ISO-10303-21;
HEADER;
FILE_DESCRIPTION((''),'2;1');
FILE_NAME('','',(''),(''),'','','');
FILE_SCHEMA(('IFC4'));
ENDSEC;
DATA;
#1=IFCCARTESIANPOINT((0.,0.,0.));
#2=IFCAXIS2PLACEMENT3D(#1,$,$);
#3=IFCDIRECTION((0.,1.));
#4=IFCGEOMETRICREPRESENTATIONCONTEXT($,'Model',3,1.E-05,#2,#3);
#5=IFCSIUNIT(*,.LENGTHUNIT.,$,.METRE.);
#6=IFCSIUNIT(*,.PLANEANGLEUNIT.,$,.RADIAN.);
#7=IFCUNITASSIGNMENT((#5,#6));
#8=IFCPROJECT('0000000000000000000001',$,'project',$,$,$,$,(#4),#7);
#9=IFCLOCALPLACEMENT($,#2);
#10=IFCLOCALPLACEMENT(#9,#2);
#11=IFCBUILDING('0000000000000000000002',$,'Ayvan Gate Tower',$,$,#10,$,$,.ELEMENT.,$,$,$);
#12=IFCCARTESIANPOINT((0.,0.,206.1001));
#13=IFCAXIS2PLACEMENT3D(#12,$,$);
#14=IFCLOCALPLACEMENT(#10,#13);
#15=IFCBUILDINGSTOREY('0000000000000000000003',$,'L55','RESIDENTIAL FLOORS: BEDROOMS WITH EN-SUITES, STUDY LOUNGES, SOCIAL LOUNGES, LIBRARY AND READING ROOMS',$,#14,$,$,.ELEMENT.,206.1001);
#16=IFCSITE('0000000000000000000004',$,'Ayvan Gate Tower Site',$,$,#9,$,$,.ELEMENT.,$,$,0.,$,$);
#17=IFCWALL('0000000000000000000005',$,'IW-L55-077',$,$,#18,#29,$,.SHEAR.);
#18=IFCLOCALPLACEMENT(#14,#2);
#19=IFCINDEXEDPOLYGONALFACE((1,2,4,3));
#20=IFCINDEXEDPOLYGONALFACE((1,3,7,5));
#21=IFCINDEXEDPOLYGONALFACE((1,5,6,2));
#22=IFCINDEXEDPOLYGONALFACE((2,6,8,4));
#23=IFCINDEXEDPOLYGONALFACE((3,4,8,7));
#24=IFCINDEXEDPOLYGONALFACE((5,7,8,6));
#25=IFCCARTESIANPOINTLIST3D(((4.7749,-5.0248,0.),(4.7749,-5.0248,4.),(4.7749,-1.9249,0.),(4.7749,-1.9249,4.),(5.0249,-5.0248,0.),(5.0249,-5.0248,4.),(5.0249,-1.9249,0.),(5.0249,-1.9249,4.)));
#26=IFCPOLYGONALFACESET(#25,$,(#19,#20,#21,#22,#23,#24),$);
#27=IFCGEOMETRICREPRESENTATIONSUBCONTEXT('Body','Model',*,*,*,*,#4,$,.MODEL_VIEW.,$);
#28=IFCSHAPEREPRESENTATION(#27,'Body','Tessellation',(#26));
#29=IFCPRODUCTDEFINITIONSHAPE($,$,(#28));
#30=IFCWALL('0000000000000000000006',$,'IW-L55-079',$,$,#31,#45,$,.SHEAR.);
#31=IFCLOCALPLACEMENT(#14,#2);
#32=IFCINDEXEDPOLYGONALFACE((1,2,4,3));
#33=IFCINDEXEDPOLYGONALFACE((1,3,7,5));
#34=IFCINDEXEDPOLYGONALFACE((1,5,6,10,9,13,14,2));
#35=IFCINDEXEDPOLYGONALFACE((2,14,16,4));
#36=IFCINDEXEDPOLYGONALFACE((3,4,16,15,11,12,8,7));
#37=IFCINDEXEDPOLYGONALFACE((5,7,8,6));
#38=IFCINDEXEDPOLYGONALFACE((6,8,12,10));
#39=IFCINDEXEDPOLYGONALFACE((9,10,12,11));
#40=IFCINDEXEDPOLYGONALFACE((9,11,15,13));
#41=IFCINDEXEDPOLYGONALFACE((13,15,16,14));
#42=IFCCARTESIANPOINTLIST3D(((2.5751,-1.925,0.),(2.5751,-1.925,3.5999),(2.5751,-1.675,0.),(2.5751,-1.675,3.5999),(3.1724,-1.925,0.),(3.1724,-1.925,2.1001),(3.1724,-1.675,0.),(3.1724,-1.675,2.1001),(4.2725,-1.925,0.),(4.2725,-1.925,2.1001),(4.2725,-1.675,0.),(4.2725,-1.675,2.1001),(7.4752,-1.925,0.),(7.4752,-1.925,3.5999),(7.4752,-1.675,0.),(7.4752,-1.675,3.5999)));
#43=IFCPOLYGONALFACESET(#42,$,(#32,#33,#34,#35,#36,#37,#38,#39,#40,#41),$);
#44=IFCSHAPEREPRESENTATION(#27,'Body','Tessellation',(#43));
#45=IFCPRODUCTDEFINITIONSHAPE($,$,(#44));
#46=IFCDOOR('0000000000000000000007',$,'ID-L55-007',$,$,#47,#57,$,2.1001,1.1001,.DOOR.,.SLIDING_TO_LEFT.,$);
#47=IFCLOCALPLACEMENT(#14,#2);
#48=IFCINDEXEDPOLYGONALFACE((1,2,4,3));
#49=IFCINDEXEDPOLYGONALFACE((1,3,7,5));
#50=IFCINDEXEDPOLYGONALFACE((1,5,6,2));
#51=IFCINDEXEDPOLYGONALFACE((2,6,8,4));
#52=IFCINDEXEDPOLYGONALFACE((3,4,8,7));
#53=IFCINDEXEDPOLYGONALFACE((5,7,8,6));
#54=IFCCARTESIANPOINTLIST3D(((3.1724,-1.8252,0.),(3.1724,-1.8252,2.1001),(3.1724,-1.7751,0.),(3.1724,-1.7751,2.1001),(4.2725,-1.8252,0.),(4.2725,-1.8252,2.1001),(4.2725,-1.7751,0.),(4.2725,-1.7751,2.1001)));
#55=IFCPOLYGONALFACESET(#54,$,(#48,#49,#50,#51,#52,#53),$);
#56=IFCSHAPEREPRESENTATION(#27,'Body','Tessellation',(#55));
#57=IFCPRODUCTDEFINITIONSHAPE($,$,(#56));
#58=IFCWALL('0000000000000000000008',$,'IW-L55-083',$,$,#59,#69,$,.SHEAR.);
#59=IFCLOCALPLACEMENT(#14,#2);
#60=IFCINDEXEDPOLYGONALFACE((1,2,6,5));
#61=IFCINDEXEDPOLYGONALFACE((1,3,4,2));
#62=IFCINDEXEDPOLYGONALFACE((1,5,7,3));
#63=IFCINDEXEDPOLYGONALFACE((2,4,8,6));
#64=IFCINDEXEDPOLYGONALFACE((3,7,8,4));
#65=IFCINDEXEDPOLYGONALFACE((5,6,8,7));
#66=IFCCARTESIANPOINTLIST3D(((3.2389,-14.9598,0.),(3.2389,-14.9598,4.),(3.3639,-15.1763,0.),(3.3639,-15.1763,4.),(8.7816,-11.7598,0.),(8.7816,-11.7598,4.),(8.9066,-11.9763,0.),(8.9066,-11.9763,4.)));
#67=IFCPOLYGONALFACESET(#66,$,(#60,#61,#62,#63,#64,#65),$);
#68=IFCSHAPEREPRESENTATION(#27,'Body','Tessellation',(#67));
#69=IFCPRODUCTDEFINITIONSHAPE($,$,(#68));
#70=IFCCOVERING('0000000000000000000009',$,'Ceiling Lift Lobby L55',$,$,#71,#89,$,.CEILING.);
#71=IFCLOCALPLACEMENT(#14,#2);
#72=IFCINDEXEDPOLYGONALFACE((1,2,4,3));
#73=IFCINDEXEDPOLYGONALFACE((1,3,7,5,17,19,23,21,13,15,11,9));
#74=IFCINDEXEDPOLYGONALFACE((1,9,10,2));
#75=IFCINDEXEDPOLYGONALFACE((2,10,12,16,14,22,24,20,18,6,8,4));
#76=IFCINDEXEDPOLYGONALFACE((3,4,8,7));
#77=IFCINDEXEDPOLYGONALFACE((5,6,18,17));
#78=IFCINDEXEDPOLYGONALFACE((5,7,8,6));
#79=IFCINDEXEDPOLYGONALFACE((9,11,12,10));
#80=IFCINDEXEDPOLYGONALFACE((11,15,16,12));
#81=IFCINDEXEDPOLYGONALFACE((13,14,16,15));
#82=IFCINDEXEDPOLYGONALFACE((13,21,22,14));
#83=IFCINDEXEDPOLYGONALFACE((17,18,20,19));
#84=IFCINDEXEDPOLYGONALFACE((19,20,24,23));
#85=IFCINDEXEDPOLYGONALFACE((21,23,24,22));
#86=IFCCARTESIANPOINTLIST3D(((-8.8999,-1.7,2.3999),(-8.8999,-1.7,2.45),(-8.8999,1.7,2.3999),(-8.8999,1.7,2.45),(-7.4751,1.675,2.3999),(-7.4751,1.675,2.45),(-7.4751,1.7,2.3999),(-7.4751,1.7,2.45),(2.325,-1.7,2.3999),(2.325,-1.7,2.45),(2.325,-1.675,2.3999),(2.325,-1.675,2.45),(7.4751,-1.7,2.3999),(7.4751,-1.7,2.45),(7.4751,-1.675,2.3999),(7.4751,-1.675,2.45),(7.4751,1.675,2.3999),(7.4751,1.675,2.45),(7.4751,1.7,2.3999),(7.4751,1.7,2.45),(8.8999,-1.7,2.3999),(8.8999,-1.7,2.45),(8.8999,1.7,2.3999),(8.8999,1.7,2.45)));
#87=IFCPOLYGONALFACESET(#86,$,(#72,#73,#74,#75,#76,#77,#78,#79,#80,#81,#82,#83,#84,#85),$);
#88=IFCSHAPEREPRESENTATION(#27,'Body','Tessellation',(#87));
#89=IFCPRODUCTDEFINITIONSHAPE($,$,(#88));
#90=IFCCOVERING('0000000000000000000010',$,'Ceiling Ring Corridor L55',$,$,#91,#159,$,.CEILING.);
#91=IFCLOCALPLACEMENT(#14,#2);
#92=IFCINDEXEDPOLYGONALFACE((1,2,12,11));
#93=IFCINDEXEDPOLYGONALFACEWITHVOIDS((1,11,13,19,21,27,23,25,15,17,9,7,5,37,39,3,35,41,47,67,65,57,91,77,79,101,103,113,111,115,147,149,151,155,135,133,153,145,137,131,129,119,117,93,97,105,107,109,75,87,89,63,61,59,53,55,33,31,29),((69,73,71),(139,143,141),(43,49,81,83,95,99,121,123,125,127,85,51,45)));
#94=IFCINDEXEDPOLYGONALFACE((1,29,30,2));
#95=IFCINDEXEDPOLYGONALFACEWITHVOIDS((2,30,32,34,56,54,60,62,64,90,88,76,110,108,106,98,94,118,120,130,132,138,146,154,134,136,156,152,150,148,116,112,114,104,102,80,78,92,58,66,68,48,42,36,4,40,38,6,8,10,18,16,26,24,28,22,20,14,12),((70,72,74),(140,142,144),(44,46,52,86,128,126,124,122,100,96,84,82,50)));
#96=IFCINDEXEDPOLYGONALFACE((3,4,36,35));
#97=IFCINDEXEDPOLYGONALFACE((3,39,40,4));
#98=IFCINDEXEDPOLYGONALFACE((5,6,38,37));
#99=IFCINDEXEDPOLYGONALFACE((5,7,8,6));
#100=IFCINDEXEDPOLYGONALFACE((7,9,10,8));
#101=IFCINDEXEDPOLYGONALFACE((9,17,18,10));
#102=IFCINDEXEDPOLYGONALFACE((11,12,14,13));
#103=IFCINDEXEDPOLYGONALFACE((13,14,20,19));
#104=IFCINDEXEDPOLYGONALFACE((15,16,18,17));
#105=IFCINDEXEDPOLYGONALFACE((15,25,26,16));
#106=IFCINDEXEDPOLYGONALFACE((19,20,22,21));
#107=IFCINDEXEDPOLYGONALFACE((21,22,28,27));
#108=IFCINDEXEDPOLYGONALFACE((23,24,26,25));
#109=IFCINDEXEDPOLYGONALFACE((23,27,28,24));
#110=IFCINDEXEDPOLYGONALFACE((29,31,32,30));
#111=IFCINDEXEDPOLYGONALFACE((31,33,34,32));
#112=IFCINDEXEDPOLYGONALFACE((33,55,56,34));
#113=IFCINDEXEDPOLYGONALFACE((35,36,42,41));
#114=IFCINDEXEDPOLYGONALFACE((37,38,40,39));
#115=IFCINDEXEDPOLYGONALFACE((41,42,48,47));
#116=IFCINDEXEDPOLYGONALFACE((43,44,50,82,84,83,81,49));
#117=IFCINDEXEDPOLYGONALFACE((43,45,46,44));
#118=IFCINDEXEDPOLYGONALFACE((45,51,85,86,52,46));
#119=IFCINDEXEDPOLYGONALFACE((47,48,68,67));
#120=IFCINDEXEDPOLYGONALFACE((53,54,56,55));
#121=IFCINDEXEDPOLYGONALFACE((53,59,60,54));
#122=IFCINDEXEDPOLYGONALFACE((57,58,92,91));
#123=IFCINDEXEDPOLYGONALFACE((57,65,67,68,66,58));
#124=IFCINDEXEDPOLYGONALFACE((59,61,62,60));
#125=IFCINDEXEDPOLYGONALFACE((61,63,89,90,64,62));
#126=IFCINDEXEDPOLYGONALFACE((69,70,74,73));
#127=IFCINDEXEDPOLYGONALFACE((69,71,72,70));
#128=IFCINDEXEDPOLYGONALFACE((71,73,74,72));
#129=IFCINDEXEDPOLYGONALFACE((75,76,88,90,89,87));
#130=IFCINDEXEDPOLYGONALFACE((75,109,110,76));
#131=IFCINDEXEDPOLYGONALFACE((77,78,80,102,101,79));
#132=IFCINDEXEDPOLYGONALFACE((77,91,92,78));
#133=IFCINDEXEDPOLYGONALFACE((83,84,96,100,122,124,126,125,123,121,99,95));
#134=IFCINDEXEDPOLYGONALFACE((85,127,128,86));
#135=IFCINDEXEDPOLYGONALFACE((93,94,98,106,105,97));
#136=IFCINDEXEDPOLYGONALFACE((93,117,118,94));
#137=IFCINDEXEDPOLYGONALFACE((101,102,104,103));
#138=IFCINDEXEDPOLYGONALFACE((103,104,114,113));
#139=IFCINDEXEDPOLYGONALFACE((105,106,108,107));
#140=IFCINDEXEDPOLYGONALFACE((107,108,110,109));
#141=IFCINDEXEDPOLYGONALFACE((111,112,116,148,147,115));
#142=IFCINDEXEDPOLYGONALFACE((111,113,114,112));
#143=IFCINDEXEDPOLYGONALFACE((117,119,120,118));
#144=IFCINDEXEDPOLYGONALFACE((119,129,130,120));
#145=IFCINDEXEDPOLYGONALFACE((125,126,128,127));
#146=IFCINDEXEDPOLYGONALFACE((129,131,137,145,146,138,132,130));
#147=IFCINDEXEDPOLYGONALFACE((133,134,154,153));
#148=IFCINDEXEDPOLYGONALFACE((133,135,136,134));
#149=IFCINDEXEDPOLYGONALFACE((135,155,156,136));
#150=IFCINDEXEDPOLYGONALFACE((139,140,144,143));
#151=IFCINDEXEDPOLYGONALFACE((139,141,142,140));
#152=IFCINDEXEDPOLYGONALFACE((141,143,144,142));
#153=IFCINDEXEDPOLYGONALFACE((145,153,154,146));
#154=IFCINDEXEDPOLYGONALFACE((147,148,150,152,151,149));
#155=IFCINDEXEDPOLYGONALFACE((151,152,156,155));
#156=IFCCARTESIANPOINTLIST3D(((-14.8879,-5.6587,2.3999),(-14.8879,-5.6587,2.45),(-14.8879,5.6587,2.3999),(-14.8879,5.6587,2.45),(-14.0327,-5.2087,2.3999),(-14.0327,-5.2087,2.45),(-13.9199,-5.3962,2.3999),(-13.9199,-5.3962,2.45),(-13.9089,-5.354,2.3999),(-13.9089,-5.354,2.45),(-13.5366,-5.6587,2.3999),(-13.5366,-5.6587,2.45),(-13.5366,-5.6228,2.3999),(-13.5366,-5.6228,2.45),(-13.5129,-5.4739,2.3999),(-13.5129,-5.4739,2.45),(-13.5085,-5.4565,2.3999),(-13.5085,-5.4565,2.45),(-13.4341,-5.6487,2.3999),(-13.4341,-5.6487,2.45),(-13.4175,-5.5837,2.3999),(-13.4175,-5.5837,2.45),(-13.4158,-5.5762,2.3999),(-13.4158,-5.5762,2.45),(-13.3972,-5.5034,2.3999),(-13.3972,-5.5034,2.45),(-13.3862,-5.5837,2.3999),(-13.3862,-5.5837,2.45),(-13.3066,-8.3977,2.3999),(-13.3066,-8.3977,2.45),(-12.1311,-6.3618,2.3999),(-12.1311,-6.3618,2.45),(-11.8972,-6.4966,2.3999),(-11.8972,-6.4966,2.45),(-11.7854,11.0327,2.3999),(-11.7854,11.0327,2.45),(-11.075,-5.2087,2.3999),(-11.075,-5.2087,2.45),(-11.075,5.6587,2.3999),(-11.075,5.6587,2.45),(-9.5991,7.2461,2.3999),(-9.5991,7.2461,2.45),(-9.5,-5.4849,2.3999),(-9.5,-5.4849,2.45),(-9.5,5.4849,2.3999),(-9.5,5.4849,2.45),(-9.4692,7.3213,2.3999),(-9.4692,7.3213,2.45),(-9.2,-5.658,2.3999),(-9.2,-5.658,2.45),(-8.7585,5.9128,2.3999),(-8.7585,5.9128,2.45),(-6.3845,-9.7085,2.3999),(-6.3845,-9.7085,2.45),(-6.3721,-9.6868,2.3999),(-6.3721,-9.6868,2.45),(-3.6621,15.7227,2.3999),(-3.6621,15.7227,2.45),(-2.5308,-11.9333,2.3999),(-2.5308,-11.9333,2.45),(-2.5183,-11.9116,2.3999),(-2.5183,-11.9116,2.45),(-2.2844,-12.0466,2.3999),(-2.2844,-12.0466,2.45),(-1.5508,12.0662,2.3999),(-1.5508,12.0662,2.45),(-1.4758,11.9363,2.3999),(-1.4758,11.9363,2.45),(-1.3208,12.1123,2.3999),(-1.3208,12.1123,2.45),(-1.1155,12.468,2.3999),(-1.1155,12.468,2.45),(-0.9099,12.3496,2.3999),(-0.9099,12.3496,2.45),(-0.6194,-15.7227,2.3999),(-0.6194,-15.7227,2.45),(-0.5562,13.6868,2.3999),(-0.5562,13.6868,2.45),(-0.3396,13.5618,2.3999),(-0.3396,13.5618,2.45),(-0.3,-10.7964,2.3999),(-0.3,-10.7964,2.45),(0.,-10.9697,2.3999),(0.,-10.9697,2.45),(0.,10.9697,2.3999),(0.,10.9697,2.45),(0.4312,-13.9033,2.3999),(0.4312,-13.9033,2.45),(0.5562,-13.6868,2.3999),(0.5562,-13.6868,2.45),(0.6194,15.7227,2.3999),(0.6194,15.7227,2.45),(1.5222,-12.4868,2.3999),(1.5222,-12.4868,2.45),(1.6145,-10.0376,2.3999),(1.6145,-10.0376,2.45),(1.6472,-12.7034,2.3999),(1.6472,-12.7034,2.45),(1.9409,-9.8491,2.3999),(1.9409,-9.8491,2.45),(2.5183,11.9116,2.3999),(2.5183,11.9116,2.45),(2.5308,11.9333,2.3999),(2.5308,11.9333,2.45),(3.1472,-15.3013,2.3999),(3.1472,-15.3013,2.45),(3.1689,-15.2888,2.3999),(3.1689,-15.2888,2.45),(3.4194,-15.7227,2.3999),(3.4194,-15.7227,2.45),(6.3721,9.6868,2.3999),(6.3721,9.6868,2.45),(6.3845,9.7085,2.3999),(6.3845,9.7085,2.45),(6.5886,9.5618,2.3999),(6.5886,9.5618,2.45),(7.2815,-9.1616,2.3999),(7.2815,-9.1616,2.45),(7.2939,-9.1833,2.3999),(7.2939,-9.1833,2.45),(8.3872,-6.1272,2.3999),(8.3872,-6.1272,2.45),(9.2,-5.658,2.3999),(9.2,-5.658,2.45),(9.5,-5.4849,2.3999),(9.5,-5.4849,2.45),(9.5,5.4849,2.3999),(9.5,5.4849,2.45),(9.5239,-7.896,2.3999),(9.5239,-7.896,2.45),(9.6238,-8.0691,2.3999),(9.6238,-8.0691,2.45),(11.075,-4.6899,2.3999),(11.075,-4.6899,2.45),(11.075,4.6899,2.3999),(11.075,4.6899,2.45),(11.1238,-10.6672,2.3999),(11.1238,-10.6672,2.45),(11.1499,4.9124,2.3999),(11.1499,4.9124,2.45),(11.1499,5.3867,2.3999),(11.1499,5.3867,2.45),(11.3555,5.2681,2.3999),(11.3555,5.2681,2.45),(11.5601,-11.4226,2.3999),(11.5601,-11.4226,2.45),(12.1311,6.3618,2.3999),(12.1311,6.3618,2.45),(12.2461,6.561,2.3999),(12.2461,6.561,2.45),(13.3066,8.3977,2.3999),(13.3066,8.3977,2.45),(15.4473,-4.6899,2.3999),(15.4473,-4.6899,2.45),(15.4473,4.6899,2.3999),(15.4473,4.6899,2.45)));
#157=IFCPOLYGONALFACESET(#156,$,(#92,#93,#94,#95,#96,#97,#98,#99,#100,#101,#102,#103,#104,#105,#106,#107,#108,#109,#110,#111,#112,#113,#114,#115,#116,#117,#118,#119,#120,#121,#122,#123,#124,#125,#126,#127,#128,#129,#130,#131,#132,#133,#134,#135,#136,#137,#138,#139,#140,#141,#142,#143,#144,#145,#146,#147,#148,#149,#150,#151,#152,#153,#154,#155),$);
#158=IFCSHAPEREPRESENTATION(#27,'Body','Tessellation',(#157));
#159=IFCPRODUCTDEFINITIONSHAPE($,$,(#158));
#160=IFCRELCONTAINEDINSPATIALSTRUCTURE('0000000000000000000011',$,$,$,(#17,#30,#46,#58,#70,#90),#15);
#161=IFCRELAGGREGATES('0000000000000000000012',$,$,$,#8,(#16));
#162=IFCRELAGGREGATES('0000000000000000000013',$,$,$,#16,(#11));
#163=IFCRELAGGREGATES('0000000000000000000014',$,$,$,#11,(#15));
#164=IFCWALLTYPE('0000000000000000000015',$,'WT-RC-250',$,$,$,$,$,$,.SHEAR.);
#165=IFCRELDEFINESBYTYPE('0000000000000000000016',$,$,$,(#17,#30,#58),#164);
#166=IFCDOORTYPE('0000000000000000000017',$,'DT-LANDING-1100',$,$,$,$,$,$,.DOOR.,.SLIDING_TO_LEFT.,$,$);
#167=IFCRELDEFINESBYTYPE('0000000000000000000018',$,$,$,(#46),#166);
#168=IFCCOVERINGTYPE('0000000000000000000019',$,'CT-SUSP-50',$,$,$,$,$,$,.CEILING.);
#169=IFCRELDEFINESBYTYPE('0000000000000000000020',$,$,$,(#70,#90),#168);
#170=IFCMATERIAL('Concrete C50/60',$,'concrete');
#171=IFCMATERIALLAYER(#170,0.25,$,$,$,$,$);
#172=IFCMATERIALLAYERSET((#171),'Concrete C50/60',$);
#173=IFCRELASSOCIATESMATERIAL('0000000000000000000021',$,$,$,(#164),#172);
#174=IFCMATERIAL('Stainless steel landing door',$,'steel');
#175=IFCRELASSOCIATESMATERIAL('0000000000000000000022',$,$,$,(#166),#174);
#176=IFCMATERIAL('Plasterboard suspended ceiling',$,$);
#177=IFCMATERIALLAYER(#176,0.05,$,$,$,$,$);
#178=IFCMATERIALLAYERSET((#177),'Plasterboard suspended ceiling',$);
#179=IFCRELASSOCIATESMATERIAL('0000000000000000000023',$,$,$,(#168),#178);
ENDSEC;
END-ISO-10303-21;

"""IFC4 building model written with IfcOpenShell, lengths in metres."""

from ifc_helpers import new_model, si_unit, direction, frame, frame_2d, origin, place, context, subcontext, project, spatial, polyline, rectangle, outline, extrude, material, layer, layer_set, type_object, element, fill, save


model = new_model("IFC4")

# Units and contexts
model_context = context("Model", 3, precision=1e-05, world=origin(), true_north=direction((0.0, 1.0)))
body_context = subcontext(model_context, "Body", "Model", "MODEL_VIEW")
ifc_project = project(units=[si_unit("LENGTHUNIT", "METRE"), si_unit("PLANEANGLEUNIT", "RADIAN")], contexts=[model_context])

# Site, building, storey
site_placement = place(None, origin())
site = spatial("IfcSite", under=ifc_project, at=site_placement, Name="Ayvan Gate Tower Site", CompositionType="ELEMENT", RefElevation=0.0)
building_placement = place(site_placement, origin())
building = spatial("IfcBuilding", under=site, at=building_placement, Name="Ayvan Gate Tower", CompositionType="ELEMENT")
storey_placement = place(building_placement, frame((0.0, 0.0, 206.1001)))
storey = spatial("IfcBuildingStorey", under=building, at=storey_placement, Name="L55", Description="RESIDENTIAL FLOORS: BEDROOMS WITH EN-SUITES, STUDY LOUNGES, SOCIAL LOUNGES, LIBRARY AND READING ROOMS", CompositionType="ELEMENT", Elevation=206.1001)

# Shared definitions
ifc_material_1 = material(Name="Concrete C50/60", Category="concrete")
ifc_layer_1 = layer(ifc_material_1, 0.25)
ifc_layer_set_1 = layer_set([ifc_layer_1], Name="Concrete C50/60")
wall_type_1 = type_object("IfcWallType", Name="WT-RC-250", PredefinedType="SHEAR", material=ifc_layer_set_1)
ifc_material_2 = material(Name="Stainless steel landing door", Category="steel")
door_type_1 = type_object("IfcDoorType", Name="DT-LANDING-1100", OperationType="SLIDING_TO_LEFT", PredefinedType="DOOR", material=ifc_material_2)

# Wall
wall_1_placement = place(storey_placement, frame((4.8999, -1.925, 0.0), z_axis=(0.0, 0.0, 1.0), x_axis=(0.0, -1.0, 0.0)))
element("IfcWall", 1, at=wall_1_placement, inside=storey, type_object=wall_type_1, Name="IW-L55-077", PredefinedType="SHEAR", context=body_context, shape_type="SweptSolid", body=[
    extrude(rectangle(XDim=3.0999, YDim=0.25, at=frame_2d((1.5498, 0.0))), origin(), (0.0, 0.0, 1.0), 4.0),
])

# Wall, opening, door
wall_2_placement = place(storey_placement, frame((2.575, -1.8, 0.0), z_axis=(0.0, 0.0, 1.0), x_axis=(1.0, 0.0, 0.0)))
wall_2 = element("IfcWall", 2, at=wall_2_placement, inside=storey, type_object=wall_type_1, Name="IW-L55-079", PredefinedType="SHEAR", context=body_context, shape_type="SweptSolid", body=[
    extrude(rectangle(XDim=4.9001, YDim=0.25, at=frame_2d((2.4502, 0.0))), origin(), (0.0, 0.0, 1.0), 3.5999),
])
opening_1_placement = place(wall_2_placement, frame((0.5974, 0.0, 0.0)))
opening_1 = element("IfcOpeningElement", 3, at=opening_1_placement, cuts=wall_2, PredefinedType="OPENING", context=body_context, shape_type="SweptSolid", body=[
    extrude(rectangle(XDim=1.1001, YDim=2.1001, at=frame_2d((0.55, 1.05))), frame((0.0, 0.135, 0.0), z_axis=(0.0, -1.0, 0.0), x_axis=(1.0, 0.0, 0.0)), (0.0, 0.0, 1.0), 0.27),
])
door_1_placement = place(opening_1_placement, origin())
door_1 = element("IfcDoor", 4, at=door_1_placement, inside=storey, type_object=door_type_1, Name="ID-L55-007", OperationType="SLIDING_TO_LEFT", OverallHeight=2.1001, OverallWidth=1.1001, PredefinedType="DOOR", context=body_context, shape_type="SweptSolid", body=[
    extrude(rectangle(XDim=1.1001, YDim=2.1001, at=frame_2d((0.55, 1.05))), frame((0.0, 0.0249, 0.0), z_axis=(0.0, -1.0, 0.0), x_axis=(1.0, 0.0, 0.0)), (0.0, 0.0, 1.0), 0.05),
])
fill(opening_1, door_1)

# Wall
wall_3_placement = place(storey_placement, frame((3.3013, -15.0681, 0.0), z_axis=(0.0, 0.0, 1.0), x_axis=(0.866035, 0.499983, 0.0)))
element("IfcWall", 5, at=wall_3_placement, inside=storey, type_object=wall_type_1, Name="IW-L55-083", PredefinedType="SHEAR", context=body_context, shape_type="SweptSolid", body=[
    extrude(rectangle(XDim=6.4001, YDim=0.25, at=frame_2d((3.2002, 0.0))), origin(), (0.0, 0.0, 1.0), 4.0),
])

# Coverings
ifc_material_3 = material(Name="Plasterboard suspended ceiling")
ifc_layer_2 = layer(ifc_material_3, 0.05)
ifc_layer_set_2 = layer_set([ifc_layer_2], Name="Plasterboard suspended ceiling")
covering_type = type_object("IfcCoveringType", Name="CT-SUSP-50", PredefinedType="CEILING", material=ifc_layer_set_2)
covering_1_placement = place(storey_placement, frame((0.0, 0.0, 2.3999)))
element("IfcCovering", 6, at=covering_1_placement, inside=storey, type_object=covering_type, Name="Ceiling Lift Lobby L55", PredefinedType="CEILING", context=body_context, shape_type="SweptSolid", body=[
    extrude(outline(polyline([(7.4751, -1.675), (2.325, -1.675), (2.325, -1.7), (-8.8999, -1.7), (-8.8999, 1.7), (-7.4751, 1.7), (-7.4751, 1.675), (7.4751, 1.675), (7.4751, 1.7), (8.8999, 1.7), (8.8999, -1.7), (7.4751, -1.7), (7.4751, -1.675)])), origin(), (0.0, 0.0, 1.0), 0.05),
])
covering_2_placement = place(storey_placement, frame((0.0, 0.0, 2.3999)))
element("IfcCovering", 7, at=covering_2_placement, inside=storey, type_object=covering_type, Name="Ceiling Ring Corridor L55", PredefinedType="CEILING", context=body_context, shape_type="SweptSolid", body=[
    extrude(outline(polyline([(-14.0327, -5.2087), (-11.075, -5.2087), (-11.075, 5.6587), (-14.8879, 5.6587), (-11.7854, 11.0327), (-9.5991, 7.2461), (-9.4692, 7.3213), (-1.4758, 11.9363), (-1.5508, 12.0662), (-3.6621, 15.7227), (0.6194, 15.7227), (-0.5562, 13.6868), (-0.3396, 13.5618), (2.5183, 11.9116), (2.5308, 11.9333), (6.3845, 9.7085), (6.3721, 9.6868), (6.5886, 9.5618), (12.1311, 6.3618), (12.2461, 6.561), (13.3066, 8.3977), (15.4473, 4.6899), (11.075, 4.6899), (11.075, -4.6899), (15.4473, -4.6899), (11.5601, -11.4226), (11.1238, -10.6672), (9.6238, -8.0691), (9.5239, -7.896), (7.2939, -9.1833), (7.2815, -9.1616), (1.5222, -12.4868), (1.6472, -12.7034), (3.1472, -15.3013), (3.1689, -15.2888), (3.4194, -15.7227), (-0.6194, -15.7227), (0.4312, -13.9033), (0.5562, -13.6868), (-2.2844, -12.0466), (-2.5183, -11.9116), (-2.5308, -11.9333), (-6.3845, -9.7085), (-6.3721, -9.6868), (-11.8972, -6.4966), (-12.1311, -6.3618), (-13.3066, -8.3977), (-14.8879, -5.6587), (-13.5366, -5.6587), (-13.5366, -5.6228), (-13.4341, -5.6487), (-13.4175, -5.5837), (-13.3862, -5.5837), (-13.4158, -5.5762), (-13.3972, -5.5034), (-13.5129, -5.4739), (-13.5085, -5.4565), (-13.9089, -5.354), (-13.9199, -5.3962), (-14.0327, -5.2087)]), holes=[polyline([(11.3555, 5.2681), (11.1499, 5.3867), (11.1499, 4.9124), (11.3555, 5.2681)]), polyline([(-0.3, -10.7964), (0.0, -10.9697), (1.6145, -10.0376), (1.9409, -9.8491), (8.3872, -6.1272), (9.2, -5.658), (9.5, -5.4849), (9.5, 5.4849), (0.0, 10.9697), (-8.7585, 5.9128), (-9.5, 5.4849), (-9.5, -5.4849), (-9.2, -5.658), (-0.3, -10.7964)]), polyline([(-1.3208, 12.1123), (-0.9099, 12.3496), (-1.1155, 12.468), (-1.3208, 12.1123)])]), origin(), (0.0, 0.0, 1.0), 0.05),
])

save(model, "model.ifc")
